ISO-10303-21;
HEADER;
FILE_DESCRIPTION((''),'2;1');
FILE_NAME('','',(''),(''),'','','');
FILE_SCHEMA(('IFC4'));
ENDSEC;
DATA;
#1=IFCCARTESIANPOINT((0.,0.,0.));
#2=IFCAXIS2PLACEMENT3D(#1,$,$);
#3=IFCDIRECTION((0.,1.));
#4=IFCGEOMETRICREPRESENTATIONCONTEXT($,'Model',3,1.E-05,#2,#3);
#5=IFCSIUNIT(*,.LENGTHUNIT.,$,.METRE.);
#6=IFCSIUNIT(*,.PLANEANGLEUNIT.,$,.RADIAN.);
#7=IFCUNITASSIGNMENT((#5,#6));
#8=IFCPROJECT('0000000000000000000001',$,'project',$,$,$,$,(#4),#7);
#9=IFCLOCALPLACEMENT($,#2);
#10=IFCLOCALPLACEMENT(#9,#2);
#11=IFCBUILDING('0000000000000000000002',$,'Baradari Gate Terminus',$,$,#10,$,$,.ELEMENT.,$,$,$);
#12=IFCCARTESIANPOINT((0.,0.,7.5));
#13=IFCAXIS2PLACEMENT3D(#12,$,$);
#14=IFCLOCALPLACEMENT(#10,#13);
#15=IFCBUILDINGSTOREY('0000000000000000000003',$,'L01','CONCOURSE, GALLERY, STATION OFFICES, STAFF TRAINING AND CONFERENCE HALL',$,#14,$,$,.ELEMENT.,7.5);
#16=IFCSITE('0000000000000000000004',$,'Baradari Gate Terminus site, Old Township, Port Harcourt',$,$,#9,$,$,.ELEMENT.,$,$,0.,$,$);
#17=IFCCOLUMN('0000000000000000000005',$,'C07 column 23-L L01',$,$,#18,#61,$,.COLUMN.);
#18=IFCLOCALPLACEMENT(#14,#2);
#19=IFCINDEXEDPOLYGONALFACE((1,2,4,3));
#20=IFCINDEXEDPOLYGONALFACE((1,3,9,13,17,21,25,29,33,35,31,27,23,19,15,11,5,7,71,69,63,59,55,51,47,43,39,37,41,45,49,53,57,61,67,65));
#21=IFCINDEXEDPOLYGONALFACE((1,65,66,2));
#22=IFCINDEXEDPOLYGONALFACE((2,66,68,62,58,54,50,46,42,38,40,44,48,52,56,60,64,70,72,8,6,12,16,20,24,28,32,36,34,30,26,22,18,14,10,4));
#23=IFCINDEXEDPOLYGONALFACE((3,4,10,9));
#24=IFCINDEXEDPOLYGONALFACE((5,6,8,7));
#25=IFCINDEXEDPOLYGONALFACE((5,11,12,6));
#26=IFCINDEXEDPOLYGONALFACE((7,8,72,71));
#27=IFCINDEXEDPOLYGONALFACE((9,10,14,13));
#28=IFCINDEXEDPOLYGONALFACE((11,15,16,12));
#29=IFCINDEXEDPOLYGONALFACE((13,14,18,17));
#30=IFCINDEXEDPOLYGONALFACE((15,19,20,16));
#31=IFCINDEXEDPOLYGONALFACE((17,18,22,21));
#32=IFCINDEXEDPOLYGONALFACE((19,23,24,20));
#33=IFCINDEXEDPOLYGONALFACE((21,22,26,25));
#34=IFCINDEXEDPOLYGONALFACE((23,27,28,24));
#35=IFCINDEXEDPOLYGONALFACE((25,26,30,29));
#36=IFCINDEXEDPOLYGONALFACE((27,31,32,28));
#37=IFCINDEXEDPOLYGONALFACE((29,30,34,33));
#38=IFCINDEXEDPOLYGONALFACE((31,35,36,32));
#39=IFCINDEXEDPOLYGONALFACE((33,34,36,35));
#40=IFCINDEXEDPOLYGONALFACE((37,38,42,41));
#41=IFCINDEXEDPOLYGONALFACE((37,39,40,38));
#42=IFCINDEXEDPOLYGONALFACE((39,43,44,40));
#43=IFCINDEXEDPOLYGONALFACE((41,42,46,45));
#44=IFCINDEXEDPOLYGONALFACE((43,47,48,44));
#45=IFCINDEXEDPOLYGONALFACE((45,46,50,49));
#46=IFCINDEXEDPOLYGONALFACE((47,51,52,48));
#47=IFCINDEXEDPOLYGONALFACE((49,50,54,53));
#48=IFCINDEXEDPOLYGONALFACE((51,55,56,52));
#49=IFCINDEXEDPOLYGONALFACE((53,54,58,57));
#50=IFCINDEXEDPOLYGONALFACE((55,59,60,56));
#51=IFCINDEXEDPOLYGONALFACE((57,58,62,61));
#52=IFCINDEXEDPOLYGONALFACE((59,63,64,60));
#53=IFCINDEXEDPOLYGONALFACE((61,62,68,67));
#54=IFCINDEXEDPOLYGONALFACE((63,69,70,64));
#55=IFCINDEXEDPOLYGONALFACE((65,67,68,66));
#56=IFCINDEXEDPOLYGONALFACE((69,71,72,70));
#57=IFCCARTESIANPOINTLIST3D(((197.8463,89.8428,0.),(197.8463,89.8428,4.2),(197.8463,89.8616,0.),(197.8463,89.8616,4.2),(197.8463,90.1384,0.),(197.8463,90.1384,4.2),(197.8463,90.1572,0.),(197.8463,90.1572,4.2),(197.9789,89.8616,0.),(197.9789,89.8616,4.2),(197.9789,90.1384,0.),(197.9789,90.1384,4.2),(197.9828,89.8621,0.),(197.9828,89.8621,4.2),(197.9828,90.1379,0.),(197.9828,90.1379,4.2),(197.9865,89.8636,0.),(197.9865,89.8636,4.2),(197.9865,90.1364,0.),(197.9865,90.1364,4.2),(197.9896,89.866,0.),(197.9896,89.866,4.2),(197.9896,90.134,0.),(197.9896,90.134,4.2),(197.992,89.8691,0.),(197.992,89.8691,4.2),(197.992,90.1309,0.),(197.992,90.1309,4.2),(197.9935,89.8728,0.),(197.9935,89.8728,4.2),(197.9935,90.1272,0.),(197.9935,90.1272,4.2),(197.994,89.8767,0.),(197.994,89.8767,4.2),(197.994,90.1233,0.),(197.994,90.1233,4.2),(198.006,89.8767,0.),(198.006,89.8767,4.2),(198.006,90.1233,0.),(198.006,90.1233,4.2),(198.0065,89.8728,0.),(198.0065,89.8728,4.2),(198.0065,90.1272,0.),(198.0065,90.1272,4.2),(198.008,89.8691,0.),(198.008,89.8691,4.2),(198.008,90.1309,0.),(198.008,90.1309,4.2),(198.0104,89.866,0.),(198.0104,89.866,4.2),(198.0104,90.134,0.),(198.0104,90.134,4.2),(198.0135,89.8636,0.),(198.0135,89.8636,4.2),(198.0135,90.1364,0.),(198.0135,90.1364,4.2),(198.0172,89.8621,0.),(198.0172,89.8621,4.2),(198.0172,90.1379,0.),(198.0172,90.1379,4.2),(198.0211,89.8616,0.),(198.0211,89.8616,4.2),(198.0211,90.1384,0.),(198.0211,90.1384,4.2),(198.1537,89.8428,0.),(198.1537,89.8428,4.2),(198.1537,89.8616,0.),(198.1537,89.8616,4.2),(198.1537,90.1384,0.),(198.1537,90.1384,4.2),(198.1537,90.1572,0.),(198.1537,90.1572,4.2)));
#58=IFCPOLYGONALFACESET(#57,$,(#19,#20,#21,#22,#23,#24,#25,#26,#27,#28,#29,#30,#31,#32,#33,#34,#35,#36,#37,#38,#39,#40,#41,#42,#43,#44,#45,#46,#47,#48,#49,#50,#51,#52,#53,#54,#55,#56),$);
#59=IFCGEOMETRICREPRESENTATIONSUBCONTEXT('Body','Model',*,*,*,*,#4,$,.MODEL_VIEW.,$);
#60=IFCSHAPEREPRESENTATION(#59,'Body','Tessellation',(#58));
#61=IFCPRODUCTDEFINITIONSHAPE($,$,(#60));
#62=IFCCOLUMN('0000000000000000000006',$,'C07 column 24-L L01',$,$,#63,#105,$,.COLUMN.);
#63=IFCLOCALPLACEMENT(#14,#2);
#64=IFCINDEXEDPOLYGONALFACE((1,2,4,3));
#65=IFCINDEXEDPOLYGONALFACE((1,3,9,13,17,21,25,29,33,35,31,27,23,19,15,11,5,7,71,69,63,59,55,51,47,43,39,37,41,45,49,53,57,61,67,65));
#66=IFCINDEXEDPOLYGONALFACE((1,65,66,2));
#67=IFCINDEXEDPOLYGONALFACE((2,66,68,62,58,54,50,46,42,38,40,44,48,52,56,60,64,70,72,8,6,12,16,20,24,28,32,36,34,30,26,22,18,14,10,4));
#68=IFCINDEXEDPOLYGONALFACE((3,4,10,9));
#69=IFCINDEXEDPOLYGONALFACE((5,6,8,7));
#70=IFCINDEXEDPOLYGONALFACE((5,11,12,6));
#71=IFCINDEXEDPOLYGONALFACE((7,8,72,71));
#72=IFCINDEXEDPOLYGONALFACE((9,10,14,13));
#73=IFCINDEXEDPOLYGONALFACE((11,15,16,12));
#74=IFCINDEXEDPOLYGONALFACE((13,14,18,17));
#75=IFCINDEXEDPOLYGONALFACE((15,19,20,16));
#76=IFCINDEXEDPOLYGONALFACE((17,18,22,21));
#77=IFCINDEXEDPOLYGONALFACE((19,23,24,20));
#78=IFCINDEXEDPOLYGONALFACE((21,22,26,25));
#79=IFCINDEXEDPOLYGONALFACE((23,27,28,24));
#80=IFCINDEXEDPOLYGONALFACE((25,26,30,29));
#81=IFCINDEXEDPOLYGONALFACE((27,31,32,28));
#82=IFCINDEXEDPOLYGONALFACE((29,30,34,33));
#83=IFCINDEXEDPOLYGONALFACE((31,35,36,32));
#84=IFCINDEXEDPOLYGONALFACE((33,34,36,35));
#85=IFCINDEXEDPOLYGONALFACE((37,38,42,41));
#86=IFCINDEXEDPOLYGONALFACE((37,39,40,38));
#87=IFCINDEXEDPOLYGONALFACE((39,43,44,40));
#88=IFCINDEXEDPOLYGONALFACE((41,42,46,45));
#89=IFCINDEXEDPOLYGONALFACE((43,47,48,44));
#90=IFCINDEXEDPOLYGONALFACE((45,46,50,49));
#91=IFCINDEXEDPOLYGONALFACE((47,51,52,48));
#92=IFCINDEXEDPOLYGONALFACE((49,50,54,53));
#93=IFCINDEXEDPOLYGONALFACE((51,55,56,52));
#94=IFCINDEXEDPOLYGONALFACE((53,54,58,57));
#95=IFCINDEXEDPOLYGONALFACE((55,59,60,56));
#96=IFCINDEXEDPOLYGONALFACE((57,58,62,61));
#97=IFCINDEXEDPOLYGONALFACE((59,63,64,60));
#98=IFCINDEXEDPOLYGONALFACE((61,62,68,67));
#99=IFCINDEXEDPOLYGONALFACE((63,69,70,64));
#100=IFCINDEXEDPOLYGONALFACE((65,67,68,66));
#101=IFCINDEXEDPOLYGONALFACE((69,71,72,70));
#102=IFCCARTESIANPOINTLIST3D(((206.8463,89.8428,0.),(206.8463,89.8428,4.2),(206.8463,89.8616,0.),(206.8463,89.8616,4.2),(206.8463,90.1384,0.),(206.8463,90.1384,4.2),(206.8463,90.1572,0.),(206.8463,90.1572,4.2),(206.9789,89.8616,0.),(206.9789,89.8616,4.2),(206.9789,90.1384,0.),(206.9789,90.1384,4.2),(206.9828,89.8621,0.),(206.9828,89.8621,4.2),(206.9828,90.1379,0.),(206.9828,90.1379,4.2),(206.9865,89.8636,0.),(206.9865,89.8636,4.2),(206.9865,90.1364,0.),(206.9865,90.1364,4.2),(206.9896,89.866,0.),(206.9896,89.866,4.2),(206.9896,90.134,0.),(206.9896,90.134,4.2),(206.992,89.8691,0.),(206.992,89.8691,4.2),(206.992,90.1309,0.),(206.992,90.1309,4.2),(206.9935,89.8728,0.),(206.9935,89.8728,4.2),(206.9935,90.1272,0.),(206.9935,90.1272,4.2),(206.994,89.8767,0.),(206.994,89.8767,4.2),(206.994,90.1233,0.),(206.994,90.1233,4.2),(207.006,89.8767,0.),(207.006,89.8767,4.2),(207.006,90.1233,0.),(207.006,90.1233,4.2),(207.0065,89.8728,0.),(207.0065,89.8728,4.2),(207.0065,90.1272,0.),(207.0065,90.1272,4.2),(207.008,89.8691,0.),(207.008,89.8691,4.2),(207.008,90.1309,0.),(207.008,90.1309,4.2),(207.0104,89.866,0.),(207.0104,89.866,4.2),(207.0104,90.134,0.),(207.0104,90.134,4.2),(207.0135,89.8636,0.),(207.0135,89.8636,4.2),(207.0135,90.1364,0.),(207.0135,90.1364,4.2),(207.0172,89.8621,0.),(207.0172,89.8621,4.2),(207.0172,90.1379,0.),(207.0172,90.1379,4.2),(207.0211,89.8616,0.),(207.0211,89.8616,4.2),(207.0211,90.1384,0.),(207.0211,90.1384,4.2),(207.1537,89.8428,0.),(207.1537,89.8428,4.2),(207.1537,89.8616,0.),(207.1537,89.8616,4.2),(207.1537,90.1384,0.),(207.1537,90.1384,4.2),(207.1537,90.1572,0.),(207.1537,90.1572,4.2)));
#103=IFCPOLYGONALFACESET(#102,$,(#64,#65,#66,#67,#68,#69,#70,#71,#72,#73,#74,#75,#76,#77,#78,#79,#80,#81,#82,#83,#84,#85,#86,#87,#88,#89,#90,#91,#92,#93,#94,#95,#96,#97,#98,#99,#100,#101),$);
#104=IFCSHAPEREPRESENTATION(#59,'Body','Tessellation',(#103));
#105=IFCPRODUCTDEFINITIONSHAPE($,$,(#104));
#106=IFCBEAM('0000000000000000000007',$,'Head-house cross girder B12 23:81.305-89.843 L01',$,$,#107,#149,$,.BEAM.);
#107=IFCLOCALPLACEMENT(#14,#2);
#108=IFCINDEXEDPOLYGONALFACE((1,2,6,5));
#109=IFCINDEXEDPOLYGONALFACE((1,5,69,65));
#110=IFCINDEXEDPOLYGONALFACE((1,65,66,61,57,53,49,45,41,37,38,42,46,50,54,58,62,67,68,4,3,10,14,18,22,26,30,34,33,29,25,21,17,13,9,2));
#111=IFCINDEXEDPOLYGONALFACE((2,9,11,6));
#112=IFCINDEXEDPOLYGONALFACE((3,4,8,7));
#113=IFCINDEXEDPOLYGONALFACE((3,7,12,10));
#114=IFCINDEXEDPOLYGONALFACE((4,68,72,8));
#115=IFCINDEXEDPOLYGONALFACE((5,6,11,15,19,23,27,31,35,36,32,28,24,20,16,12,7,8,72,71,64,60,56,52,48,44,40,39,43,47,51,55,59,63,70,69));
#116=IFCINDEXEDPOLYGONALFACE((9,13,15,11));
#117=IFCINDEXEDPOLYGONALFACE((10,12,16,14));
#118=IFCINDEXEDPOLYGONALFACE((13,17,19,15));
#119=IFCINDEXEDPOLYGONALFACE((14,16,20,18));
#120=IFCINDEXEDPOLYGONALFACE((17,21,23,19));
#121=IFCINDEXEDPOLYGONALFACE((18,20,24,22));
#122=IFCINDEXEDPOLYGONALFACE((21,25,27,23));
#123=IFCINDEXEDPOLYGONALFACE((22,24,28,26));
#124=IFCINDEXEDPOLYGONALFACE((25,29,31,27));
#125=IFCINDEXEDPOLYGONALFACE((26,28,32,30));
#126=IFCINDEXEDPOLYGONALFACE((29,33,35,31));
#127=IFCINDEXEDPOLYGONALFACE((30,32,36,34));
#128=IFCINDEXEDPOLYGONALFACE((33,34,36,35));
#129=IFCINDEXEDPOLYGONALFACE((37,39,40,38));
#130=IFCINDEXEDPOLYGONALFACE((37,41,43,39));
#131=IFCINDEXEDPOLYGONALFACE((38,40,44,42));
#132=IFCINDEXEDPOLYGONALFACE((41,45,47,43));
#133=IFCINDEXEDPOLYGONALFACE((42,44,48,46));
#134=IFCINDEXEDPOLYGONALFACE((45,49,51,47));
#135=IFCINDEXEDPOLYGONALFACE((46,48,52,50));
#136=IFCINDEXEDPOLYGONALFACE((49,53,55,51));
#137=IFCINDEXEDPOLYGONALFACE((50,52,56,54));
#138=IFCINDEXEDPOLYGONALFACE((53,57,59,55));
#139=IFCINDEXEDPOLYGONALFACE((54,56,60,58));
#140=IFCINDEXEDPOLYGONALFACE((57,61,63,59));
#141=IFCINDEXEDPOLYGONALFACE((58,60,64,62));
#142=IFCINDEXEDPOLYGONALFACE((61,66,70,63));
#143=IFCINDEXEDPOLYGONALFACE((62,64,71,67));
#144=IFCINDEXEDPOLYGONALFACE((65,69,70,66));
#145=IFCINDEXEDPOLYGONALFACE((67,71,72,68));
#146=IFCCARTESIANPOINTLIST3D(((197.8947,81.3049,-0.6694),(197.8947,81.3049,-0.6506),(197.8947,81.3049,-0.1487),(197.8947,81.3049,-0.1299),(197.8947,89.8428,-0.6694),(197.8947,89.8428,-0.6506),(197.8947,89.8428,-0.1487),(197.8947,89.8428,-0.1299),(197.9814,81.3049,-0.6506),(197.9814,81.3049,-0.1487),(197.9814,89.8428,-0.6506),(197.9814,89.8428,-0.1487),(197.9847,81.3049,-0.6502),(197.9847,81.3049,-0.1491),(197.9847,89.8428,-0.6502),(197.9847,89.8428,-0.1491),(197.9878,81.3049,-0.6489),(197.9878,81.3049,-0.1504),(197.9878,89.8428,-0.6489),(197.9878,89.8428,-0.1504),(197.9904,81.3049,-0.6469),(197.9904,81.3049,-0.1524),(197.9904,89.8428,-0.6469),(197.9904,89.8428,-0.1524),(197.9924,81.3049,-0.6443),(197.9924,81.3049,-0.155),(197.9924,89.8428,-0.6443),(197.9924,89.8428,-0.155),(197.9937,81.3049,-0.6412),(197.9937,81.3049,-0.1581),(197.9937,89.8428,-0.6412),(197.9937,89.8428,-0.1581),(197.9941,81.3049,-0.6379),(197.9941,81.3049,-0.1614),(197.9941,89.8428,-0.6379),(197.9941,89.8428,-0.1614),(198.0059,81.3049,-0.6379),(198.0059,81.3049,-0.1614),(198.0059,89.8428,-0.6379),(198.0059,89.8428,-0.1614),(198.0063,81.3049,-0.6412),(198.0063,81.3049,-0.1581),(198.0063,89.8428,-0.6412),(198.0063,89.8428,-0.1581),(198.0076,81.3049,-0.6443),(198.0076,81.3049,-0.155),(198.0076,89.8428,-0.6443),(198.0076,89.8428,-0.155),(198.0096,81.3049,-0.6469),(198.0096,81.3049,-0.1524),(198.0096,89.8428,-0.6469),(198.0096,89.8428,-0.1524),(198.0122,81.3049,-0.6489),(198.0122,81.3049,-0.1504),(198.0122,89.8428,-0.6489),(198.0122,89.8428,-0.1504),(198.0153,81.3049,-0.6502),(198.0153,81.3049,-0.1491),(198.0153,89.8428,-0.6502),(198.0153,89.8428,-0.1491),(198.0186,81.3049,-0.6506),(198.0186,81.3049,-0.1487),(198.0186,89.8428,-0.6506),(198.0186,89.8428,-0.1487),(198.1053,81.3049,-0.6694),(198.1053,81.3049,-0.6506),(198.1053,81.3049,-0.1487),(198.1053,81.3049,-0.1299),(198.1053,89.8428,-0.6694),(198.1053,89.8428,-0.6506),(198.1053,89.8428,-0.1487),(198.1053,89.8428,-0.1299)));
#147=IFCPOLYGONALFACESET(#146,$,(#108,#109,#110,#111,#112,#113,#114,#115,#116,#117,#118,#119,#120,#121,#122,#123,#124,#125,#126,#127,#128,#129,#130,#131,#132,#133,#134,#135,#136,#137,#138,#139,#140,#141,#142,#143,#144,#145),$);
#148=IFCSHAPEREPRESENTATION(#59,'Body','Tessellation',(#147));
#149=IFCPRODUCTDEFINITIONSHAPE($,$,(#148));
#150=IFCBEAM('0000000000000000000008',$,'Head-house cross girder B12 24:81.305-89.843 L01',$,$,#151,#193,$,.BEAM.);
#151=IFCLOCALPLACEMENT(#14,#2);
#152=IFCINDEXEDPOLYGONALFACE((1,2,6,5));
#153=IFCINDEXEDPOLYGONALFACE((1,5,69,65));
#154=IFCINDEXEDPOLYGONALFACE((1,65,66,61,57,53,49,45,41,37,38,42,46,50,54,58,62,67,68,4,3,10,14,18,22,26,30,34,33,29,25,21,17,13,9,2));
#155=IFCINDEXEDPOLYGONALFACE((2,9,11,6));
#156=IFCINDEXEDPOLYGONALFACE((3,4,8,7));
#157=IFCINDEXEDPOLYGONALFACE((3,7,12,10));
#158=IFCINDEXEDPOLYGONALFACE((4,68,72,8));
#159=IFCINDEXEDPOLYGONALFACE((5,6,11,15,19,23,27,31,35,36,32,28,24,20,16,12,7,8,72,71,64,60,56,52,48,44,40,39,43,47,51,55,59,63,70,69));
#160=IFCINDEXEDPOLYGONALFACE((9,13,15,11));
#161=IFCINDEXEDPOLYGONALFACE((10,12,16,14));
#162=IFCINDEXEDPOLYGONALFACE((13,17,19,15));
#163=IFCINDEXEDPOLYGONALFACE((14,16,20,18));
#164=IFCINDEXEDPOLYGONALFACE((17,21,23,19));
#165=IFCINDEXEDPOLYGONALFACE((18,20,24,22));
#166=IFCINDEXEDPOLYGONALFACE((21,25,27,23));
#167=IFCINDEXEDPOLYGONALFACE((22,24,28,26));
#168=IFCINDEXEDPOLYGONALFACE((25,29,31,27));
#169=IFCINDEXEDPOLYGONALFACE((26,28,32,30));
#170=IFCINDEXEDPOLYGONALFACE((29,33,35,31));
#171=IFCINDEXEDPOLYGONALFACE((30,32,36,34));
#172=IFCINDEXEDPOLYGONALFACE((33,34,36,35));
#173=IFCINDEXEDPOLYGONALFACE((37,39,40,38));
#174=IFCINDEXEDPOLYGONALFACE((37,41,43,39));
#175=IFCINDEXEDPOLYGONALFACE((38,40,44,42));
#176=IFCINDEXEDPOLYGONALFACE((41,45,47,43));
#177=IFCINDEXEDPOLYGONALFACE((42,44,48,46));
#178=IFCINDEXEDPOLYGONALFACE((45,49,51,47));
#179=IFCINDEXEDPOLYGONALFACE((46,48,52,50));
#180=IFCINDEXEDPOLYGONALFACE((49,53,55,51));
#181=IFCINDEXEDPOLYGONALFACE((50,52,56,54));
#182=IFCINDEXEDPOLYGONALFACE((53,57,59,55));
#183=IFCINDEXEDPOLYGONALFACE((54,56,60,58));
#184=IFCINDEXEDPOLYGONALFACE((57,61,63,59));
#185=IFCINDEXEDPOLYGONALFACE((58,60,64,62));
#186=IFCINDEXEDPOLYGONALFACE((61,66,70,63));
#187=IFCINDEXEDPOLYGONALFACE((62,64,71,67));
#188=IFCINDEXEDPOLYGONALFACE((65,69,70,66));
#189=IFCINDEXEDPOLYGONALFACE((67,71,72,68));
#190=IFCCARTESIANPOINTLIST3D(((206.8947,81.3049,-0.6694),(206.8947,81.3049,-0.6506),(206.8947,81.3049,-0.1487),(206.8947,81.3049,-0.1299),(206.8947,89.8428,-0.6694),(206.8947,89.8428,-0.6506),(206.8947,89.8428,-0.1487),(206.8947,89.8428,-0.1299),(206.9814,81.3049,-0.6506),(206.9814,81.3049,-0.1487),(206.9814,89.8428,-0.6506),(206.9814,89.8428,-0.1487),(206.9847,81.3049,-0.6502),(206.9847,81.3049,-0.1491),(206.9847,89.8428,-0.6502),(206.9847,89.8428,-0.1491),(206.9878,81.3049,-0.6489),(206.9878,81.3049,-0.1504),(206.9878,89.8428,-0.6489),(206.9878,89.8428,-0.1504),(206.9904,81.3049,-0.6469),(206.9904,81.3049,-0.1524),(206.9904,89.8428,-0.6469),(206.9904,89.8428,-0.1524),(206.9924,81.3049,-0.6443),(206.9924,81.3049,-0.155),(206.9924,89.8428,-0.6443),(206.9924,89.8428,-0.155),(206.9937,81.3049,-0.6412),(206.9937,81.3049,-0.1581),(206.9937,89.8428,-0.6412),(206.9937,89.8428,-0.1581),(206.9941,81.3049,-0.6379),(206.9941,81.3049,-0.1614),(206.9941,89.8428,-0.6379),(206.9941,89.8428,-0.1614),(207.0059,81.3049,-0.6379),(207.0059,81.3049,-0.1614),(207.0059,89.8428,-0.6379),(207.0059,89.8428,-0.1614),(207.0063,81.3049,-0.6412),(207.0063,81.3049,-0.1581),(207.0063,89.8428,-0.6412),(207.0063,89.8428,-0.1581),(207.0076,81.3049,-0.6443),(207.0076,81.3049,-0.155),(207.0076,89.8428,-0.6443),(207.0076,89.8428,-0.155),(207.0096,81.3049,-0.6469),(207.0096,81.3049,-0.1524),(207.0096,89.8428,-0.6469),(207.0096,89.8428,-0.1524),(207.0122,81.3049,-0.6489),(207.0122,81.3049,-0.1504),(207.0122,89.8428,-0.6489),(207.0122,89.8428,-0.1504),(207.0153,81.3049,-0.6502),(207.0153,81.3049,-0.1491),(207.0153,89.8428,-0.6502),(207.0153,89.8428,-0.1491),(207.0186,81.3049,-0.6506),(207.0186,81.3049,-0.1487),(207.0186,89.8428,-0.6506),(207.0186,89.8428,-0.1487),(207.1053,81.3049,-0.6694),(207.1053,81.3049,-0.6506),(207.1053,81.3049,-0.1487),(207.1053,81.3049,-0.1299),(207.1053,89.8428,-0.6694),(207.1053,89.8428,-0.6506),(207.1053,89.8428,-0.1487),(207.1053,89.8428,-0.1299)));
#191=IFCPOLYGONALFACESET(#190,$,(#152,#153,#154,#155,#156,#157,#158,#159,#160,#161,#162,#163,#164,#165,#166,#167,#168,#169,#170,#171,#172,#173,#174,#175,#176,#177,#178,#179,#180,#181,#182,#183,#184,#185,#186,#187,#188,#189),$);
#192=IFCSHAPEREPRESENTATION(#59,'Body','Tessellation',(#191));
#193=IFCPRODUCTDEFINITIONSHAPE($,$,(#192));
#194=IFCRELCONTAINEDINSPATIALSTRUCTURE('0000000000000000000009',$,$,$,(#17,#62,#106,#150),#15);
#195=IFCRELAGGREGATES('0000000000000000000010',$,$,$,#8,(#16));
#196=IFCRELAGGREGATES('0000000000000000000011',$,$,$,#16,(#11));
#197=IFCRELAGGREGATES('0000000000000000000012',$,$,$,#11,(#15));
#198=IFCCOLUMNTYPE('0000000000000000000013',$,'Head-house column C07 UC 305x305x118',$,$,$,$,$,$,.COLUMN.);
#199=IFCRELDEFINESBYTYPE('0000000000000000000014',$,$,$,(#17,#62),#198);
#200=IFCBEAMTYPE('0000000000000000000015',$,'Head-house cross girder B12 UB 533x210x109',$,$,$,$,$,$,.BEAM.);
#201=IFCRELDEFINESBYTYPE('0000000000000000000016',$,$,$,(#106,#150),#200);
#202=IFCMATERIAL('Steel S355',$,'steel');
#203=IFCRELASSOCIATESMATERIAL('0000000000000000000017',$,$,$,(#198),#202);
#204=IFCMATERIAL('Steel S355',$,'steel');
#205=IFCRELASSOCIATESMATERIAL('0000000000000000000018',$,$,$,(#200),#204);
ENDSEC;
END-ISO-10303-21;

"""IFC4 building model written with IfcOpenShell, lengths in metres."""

from ifc_helpers import new_model, si_unit, direction, frame, origin, origin_2d, place, context, subcontext, project, spatial, i_section, extrude, material, material_profile, profile_set, type_object, element, save


model = new_model("IFC4")

# Units and contexts
model_context = context("Model", 3, precision=1e-05, world=origin(), true_north=direction((0.0, 1.0)))
body_context = subcontext(model_context, "Body", "Model", "MODEL_VIEW")
ifc_project = project(units=[si_unit("LENGTHUNIT", "METRE"), si_unit("PLANEANGLEUNIT", "RADIAN")], contexts=[model_context])

# Site, building, storey
site_placement = place(None, origin())
site = spatial("IfcSite", under=ifc_project, at=site_placement, Name="Baradari Gate Terminus site, Old Township, Port Harcourt", CompositionType="ELEMENT", RefElevation=0.0)
building_placement = place(site_placement, origin())
building = spatial("IfcBuilding", under=site, at=building_placement, Name="Baradari Gate Terminus", CompositionType="ELEMENT")
storey_placement = place(building_placement, frame((0.0, 0.0, 7.5)))
storey = spatial("IfcBuildingStorey", under=building, at=storey_placement, Name="L01", Description="CONCOURSE, GALLERY, STATION OFFICES, STAFF TRAINING AND CONFERENCE HALL", CompositionType="ELEMENT", Elevation=7.5)

# Columns
ifc_material_1 = material(Name="Steel S355", Category="steel")
ifc_material_profile_1 = material_profile(ifc_material_1, i_section(OverallWidth=0.3074, OverallDepth=0.3145, WebThickness=0.012, FlangeThickness=0.0188, FilletRadius=0.0151, at=origin_2d()), Name="UC 305x305x118")
ifc_profile_set_1 = profile_set([ifc_material_profile_1], Name="Steel S355")
column_type = type_object("IfcColumnType", Name="Head-house column C07 UC 305x305x118", PredefinedType="COLUMN", material=ifc_profile_set_1)
for number, where, z_axis, x_axis, name in (
    (1, (198.0, 90.0, 0.0), (0.0, 0.0, 1.0), (1.0, 0.0, 0.0), "C07 column 23-L L01"),
    (2, (207.0, 90.0, 0.0), (0.0, 0.0, 1.0), (1.0, 0.0, 0.0), "C07 column 24-L L01"),
):
    element("IfcColumn", number, at=place(storey_placement, frame(where, z_axis=z_axis, x_axis=x_axis)), inside=storey, type_object=column_type, Name=name, PredefinedType="COLUMN", context=body_context, shape_type="SweptSolid", body=[
        extrude(i_section(OverallWidth=0.3074, OverallDepth=0.3145, WebThickness=0.012, FlangeThickness=0.0188, FilletRadius=0.0151, at=origin_2d()), origin(), (0.0, 0.0, 1.0), 4.2),
    ])

# Beams
ifc_material_2 = material(Name="Steel S355", Category="steel")
ifc_material_profile_2 = material_profile(ifc_material_2, i_section(OverallWidth=0.2107, OverallDepth=0.5396, WebThickness=0.0117, FlangeThickness=0.0188, FilletRadius=0.0127, at=origin_2d()), Name="UB 533x210x109")
ifc_profile_set_2 = profile_set([ifc_material_profile_2], Name="Steel S355")
beam_type_1 = type_object("IfcBeamType", Name="Head-house cross girder B12 UB 533x210x109", PredefinedType="BEAM", material=ifc_profile_set_2)
for number, where, z_axis, x_axis, name in (
    (3, (198.0, 81.3049, -0.3997), (0.0, 1.0, 0.0), (-1.0, 0.0, 0.0), "Head-house cross girder B12 23:81.305-89.843 L01"),
    (4, (207.0, 81.3049, -0.3997), (0.0, 1.0, 0.0), (-1.0, 0.0, 0.0), "Head-house cross girder B12 24:81.305-89.843 L01"),
):
    element("IfcBeam", number, at=place(storey_placement, frame(where, z_axis=z_axis, x_axis=x_axis)), inside=storey, type_object=beam_type_1, Name=name, PredefinedType="BEAM", context=body_context, shape_type="SweptSolid", body=[
        extrude(i_section(OverallWidth=0.2107, OverallDepth=0.5396, WebThickness=0.0117, FlangeThickness=0.0188, FilletRadius=0.0127, at=origin_2d()), origin(), (0.0, 0.0, 1.0), 8.5378),
    ])

save(model, "model.ifc")
